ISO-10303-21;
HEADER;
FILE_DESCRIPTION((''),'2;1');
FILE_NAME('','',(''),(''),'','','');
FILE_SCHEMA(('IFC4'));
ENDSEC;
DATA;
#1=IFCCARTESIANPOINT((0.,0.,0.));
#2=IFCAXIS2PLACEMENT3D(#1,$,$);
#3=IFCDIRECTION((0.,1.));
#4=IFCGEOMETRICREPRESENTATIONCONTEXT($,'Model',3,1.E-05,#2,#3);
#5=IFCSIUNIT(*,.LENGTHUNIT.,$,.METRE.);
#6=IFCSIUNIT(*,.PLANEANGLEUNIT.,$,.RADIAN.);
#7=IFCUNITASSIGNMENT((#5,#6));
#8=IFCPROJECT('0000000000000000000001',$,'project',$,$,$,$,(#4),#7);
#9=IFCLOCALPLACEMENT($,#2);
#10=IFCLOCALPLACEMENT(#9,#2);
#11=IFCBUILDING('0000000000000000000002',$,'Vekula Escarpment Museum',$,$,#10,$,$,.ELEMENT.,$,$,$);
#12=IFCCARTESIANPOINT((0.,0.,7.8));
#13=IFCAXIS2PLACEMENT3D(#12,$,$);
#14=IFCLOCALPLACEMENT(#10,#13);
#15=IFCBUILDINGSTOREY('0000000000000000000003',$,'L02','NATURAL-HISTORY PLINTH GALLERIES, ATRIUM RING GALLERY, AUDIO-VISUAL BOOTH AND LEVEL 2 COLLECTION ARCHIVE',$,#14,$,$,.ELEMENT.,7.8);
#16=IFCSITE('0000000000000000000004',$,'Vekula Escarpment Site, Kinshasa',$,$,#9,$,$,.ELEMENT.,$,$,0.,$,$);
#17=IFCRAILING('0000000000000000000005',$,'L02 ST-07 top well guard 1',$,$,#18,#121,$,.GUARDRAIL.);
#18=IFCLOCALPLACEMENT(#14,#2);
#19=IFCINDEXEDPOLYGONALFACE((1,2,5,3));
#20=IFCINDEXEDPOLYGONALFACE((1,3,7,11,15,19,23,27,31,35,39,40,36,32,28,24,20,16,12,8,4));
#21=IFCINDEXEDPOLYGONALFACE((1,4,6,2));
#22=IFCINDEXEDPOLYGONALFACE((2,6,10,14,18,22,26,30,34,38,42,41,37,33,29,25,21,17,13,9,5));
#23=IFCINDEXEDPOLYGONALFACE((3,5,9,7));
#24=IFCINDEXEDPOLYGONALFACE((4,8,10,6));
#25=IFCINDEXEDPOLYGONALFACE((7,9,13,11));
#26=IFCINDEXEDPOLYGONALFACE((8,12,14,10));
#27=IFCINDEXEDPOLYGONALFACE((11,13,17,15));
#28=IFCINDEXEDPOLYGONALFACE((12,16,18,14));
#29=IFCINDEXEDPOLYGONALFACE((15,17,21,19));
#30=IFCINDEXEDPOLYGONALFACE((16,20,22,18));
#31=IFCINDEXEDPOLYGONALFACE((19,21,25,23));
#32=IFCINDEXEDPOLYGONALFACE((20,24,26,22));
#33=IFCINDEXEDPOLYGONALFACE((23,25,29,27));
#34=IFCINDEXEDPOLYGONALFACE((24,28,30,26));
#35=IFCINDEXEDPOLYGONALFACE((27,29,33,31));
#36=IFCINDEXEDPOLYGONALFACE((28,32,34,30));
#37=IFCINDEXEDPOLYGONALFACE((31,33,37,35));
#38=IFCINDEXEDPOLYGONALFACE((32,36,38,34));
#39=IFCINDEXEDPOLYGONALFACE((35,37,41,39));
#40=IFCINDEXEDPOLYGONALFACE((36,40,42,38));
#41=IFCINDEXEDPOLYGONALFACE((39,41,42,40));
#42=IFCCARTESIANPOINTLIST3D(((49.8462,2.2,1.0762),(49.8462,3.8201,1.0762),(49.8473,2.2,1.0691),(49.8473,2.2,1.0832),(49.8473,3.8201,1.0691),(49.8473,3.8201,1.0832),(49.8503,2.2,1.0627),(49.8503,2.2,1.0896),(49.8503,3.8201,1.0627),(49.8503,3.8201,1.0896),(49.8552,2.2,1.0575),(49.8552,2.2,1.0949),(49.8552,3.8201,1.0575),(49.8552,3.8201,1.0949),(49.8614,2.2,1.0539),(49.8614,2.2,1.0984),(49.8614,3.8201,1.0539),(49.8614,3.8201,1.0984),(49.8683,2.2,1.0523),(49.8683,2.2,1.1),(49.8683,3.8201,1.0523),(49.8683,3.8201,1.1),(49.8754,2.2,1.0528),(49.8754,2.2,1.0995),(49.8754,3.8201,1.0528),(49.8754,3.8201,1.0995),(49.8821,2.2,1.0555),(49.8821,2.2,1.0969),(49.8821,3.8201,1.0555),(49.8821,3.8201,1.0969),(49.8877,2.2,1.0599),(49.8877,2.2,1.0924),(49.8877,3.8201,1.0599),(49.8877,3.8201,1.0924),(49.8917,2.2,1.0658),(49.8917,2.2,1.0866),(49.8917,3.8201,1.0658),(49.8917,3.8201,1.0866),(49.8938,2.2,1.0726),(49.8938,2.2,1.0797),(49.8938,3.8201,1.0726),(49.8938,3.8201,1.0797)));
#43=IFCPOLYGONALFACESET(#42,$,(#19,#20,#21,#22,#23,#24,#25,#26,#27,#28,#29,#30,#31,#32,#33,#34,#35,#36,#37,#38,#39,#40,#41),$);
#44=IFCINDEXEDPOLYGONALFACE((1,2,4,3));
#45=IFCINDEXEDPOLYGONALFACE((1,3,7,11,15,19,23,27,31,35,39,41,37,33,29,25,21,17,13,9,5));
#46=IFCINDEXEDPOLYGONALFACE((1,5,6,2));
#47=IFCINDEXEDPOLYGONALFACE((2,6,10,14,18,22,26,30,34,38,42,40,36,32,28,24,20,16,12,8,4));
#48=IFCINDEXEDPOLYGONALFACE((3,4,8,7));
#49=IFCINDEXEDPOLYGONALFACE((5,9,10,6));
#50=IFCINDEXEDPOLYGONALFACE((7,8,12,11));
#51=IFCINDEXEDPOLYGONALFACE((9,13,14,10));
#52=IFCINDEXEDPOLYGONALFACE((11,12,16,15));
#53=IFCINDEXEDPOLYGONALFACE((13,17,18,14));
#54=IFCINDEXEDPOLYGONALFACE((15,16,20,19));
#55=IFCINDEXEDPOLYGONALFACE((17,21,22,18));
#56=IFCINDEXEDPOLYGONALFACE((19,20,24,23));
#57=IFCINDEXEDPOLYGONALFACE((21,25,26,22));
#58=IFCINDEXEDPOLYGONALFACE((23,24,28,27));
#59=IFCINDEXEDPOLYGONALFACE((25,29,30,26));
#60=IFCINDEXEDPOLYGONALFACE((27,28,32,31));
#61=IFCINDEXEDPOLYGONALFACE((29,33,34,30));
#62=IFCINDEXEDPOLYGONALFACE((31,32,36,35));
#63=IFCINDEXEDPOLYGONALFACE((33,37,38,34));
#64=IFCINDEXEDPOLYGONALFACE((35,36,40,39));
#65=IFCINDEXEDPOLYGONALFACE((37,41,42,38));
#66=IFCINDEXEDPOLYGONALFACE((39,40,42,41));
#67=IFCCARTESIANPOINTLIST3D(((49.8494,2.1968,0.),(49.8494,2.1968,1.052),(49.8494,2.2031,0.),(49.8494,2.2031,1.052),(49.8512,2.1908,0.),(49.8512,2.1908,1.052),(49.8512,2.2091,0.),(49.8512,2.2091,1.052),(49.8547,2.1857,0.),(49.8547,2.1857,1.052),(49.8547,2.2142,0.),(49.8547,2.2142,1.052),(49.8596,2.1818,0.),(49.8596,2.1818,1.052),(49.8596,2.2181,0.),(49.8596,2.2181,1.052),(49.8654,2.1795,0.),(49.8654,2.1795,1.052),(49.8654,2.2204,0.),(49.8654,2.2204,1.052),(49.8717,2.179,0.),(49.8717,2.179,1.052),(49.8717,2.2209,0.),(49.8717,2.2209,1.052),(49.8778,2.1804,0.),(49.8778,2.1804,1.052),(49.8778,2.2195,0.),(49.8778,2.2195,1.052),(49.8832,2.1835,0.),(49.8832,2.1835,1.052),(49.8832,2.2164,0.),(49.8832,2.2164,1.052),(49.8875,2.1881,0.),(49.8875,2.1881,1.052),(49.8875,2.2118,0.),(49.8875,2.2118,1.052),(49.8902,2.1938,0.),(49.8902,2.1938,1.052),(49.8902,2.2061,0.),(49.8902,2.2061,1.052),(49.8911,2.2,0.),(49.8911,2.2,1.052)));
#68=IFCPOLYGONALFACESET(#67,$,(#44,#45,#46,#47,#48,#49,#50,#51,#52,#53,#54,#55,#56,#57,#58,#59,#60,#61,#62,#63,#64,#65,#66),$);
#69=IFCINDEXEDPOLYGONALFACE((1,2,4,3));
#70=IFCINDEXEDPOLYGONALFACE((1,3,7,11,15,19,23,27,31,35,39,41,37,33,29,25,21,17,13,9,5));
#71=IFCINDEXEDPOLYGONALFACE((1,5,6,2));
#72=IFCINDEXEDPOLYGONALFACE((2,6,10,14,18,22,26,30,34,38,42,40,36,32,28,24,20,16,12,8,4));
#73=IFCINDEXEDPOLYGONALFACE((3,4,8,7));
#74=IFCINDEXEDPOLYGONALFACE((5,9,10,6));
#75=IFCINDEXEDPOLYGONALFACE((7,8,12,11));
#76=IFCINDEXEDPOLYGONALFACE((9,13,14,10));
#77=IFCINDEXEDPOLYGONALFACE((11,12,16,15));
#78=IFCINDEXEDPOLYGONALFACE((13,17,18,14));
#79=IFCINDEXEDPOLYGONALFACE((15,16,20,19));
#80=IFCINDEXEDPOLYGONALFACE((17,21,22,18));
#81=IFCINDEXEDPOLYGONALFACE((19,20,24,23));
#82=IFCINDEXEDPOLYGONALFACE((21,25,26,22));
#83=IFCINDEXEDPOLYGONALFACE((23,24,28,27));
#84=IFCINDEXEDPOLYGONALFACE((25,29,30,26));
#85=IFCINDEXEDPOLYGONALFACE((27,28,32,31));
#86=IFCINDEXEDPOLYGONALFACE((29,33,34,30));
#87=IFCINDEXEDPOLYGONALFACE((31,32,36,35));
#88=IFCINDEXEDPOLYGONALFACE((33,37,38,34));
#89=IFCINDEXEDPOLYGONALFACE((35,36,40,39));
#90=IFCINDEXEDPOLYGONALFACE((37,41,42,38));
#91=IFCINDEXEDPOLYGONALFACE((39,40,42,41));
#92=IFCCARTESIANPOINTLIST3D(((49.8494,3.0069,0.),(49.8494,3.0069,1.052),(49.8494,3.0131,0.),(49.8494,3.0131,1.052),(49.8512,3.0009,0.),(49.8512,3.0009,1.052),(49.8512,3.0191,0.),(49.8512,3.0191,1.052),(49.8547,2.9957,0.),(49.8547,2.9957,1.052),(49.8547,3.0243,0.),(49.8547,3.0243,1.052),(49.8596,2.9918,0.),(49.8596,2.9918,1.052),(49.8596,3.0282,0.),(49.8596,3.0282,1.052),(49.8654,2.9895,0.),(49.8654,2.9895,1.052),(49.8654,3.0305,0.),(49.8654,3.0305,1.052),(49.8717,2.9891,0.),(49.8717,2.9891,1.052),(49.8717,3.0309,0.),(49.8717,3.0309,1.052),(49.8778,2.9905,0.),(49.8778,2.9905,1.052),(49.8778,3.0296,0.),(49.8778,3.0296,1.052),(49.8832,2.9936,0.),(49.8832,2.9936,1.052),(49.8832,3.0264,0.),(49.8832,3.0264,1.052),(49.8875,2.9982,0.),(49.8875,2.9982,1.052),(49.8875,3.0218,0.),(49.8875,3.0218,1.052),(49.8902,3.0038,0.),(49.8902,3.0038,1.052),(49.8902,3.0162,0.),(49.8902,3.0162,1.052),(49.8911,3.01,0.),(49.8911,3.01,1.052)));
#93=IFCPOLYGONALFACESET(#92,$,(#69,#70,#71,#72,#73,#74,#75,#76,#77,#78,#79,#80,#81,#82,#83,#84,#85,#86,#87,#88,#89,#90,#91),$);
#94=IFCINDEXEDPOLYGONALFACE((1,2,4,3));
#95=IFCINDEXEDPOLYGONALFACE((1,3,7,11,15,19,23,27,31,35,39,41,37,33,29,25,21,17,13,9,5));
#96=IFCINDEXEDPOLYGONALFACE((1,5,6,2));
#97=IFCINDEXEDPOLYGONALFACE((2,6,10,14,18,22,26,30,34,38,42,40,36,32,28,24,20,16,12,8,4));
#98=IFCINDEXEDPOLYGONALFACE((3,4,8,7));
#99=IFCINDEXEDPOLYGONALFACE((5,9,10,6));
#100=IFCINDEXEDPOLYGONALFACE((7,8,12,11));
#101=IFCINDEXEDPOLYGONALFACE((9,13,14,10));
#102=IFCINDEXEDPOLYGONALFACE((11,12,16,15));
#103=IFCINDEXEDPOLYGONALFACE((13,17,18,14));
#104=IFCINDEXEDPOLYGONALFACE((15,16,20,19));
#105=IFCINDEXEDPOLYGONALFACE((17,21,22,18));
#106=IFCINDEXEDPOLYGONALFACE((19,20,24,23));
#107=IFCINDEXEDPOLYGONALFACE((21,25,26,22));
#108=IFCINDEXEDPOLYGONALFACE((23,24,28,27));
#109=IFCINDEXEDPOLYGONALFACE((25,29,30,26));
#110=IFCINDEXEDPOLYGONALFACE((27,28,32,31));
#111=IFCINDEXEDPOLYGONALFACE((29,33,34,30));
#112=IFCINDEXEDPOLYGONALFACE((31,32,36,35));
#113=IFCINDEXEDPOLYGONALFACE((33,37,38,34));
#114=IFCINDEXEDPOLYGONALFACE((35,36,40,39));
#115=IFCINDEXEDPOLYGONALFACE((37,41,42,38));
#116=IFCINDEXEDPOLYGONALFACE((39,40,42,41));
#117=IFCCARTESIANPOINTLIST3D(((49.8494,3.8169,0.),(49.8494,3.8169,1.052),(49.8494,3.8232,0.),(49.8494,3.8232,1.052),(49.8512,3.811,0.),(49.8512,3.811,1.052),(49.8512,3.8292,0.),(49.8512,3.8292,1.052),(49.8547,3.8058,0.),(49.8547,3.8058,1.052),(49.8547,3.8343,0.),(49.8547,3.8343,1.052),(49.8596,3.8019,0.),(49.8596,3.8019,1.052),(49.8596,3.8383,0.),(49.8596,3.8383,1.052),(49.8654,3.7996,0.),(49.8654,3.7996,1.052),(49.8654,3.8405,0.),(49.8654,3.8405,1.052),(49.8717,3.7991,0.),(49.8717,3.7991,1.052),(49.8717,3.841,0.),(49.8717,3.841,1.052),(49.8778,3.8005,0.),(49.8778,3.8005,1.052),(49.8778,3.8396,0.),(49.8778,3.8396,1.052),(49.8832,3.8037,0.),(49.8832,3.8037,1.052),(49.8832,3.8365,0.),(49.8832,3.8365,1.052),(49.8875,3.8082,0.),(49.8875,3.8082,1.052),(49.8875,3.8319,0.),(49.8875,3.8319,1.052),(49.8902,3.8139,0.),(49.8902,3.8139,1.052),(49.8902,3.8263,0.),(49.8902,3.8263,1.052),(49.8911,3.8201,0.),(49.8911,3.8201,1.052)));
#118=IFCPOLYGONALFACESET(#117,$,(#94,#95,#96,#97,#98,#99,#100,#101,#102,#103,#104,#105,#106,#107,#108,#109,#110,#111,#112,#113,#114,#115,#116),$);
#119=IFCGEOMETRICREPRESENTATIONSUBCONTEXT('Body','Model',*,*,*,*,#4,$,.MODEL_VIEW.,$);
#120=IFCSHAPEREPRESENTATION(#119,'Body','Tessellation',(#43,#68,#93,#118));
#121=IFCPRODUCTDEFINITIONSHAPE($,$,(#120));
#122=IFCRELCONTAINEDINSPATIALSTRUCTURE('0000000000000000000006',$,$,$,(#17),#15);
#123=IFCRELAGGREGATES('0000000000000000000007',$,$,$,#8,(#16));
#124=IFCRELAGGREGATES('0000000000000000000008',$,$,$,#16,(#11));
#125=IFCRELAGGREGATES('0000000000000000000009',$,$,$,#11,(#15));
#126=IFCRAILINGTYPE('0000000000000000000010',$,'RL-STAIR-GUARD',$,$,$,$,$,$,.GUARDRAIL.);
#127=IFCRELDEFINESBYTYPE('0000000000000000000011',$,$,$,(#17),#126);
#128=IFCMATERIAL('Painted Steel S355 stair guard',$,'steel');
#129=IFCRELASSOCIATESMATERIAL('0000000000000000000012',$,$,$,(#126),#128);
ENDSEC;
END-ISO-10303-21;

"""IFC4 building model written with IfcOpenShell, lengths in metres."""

from ifc_helpers import new_model, si_unit, direction, frame, origin, origin_2d, place, context, subcontext, project, spatial, circle, extrude, material, type_object, element, save


model = new_model("IFC4")

# Units and contexts
model_context = context("Model", 3, precision=1e-05, world=origin(), true_north=direction((0.0, 1.0)))
body_context = subcontext(model_context, "Body", "Model", "MODEL_VIEW")
ifc_project = project(units=[si_unit("LENGTHUNIT", "METRE"), si_unit("PLANEANGLEUNIT", "RADIAN")], contexts=[model_context])

# Site, building, storey
site_placement = place(None, origin())
site = spatial("IfcSite", under=ifc_project, at=site_placement, Name="Vekula Escarpment Site, Kinshasa", CompositionType="ELEMENT", RefElevation=0.0)
building_placement = place(site_placement, origin())
building = spatial("IfcBuilding", under=site, at=building_placement, Name="Vekula Escarpment Museum", CompositionType="ELEMENT")
storey_placement = place(building_placement, frame((0.0, 0.0, 7.8)))
storey = spatial("IfcBuildingStorey", under=building, at=storey_placement, Name="L02", Description="NATURAL-HISTORY PLINTH GALLERIES, ATRIUM RING GALLERY, AUDIO-VISUAL BOOTH AND LEVEL 2 COLLECTION ARCHIVE", CompositionType="ELEMENT", Elevation=7.8)

# Railing
ifc_material_1 = material(Name="Painted Steel S355 stair guard", Category="steel")
railing_type = type_object("IfcRailingType", Name="RL-STAIR-GUARD", PredefinedType="GUARDRAIL", material=ifc_material_1)
railing_placement = place(storey_placement, frame((49.8701, 2.2, 0.0)))
element("IfcRailing", 1, at=railing_placement, inside=storey, type_object=railing_type, Name="L02 ST-07 top well guard 1", PredefinedType="GUARDRAIL", context=body_context, shape_type="SweptSolid", body=[
    extrude(circle(Radius=0.0239, at=origin_2d()), frame((0.0, 0.0, 1.0762), z_axis=(0.0, 1.0, 0.0), x_axis=(-1.0, 0.0, 0.0)), (0.0, 0.0, 1.0), 1.6201),
    extrude(circle(Radius=0.021, at=origin_2d()), origin(), (0.0, 0.0, 1.0), 1.052),
    extrude(circle(Radius=0.021, at=origin_2d()), frame((0.0, 0.8101, 0.0)), (0.0, 0.0, 1.0), 1.052),
    extrude(circle(Radius=0.021, at=origin_2d()), frame((0.0, 1.6201, 0.0)), (0.0, 0.0, 1.0), 1.052),
])

save(model, "model.ifc")
